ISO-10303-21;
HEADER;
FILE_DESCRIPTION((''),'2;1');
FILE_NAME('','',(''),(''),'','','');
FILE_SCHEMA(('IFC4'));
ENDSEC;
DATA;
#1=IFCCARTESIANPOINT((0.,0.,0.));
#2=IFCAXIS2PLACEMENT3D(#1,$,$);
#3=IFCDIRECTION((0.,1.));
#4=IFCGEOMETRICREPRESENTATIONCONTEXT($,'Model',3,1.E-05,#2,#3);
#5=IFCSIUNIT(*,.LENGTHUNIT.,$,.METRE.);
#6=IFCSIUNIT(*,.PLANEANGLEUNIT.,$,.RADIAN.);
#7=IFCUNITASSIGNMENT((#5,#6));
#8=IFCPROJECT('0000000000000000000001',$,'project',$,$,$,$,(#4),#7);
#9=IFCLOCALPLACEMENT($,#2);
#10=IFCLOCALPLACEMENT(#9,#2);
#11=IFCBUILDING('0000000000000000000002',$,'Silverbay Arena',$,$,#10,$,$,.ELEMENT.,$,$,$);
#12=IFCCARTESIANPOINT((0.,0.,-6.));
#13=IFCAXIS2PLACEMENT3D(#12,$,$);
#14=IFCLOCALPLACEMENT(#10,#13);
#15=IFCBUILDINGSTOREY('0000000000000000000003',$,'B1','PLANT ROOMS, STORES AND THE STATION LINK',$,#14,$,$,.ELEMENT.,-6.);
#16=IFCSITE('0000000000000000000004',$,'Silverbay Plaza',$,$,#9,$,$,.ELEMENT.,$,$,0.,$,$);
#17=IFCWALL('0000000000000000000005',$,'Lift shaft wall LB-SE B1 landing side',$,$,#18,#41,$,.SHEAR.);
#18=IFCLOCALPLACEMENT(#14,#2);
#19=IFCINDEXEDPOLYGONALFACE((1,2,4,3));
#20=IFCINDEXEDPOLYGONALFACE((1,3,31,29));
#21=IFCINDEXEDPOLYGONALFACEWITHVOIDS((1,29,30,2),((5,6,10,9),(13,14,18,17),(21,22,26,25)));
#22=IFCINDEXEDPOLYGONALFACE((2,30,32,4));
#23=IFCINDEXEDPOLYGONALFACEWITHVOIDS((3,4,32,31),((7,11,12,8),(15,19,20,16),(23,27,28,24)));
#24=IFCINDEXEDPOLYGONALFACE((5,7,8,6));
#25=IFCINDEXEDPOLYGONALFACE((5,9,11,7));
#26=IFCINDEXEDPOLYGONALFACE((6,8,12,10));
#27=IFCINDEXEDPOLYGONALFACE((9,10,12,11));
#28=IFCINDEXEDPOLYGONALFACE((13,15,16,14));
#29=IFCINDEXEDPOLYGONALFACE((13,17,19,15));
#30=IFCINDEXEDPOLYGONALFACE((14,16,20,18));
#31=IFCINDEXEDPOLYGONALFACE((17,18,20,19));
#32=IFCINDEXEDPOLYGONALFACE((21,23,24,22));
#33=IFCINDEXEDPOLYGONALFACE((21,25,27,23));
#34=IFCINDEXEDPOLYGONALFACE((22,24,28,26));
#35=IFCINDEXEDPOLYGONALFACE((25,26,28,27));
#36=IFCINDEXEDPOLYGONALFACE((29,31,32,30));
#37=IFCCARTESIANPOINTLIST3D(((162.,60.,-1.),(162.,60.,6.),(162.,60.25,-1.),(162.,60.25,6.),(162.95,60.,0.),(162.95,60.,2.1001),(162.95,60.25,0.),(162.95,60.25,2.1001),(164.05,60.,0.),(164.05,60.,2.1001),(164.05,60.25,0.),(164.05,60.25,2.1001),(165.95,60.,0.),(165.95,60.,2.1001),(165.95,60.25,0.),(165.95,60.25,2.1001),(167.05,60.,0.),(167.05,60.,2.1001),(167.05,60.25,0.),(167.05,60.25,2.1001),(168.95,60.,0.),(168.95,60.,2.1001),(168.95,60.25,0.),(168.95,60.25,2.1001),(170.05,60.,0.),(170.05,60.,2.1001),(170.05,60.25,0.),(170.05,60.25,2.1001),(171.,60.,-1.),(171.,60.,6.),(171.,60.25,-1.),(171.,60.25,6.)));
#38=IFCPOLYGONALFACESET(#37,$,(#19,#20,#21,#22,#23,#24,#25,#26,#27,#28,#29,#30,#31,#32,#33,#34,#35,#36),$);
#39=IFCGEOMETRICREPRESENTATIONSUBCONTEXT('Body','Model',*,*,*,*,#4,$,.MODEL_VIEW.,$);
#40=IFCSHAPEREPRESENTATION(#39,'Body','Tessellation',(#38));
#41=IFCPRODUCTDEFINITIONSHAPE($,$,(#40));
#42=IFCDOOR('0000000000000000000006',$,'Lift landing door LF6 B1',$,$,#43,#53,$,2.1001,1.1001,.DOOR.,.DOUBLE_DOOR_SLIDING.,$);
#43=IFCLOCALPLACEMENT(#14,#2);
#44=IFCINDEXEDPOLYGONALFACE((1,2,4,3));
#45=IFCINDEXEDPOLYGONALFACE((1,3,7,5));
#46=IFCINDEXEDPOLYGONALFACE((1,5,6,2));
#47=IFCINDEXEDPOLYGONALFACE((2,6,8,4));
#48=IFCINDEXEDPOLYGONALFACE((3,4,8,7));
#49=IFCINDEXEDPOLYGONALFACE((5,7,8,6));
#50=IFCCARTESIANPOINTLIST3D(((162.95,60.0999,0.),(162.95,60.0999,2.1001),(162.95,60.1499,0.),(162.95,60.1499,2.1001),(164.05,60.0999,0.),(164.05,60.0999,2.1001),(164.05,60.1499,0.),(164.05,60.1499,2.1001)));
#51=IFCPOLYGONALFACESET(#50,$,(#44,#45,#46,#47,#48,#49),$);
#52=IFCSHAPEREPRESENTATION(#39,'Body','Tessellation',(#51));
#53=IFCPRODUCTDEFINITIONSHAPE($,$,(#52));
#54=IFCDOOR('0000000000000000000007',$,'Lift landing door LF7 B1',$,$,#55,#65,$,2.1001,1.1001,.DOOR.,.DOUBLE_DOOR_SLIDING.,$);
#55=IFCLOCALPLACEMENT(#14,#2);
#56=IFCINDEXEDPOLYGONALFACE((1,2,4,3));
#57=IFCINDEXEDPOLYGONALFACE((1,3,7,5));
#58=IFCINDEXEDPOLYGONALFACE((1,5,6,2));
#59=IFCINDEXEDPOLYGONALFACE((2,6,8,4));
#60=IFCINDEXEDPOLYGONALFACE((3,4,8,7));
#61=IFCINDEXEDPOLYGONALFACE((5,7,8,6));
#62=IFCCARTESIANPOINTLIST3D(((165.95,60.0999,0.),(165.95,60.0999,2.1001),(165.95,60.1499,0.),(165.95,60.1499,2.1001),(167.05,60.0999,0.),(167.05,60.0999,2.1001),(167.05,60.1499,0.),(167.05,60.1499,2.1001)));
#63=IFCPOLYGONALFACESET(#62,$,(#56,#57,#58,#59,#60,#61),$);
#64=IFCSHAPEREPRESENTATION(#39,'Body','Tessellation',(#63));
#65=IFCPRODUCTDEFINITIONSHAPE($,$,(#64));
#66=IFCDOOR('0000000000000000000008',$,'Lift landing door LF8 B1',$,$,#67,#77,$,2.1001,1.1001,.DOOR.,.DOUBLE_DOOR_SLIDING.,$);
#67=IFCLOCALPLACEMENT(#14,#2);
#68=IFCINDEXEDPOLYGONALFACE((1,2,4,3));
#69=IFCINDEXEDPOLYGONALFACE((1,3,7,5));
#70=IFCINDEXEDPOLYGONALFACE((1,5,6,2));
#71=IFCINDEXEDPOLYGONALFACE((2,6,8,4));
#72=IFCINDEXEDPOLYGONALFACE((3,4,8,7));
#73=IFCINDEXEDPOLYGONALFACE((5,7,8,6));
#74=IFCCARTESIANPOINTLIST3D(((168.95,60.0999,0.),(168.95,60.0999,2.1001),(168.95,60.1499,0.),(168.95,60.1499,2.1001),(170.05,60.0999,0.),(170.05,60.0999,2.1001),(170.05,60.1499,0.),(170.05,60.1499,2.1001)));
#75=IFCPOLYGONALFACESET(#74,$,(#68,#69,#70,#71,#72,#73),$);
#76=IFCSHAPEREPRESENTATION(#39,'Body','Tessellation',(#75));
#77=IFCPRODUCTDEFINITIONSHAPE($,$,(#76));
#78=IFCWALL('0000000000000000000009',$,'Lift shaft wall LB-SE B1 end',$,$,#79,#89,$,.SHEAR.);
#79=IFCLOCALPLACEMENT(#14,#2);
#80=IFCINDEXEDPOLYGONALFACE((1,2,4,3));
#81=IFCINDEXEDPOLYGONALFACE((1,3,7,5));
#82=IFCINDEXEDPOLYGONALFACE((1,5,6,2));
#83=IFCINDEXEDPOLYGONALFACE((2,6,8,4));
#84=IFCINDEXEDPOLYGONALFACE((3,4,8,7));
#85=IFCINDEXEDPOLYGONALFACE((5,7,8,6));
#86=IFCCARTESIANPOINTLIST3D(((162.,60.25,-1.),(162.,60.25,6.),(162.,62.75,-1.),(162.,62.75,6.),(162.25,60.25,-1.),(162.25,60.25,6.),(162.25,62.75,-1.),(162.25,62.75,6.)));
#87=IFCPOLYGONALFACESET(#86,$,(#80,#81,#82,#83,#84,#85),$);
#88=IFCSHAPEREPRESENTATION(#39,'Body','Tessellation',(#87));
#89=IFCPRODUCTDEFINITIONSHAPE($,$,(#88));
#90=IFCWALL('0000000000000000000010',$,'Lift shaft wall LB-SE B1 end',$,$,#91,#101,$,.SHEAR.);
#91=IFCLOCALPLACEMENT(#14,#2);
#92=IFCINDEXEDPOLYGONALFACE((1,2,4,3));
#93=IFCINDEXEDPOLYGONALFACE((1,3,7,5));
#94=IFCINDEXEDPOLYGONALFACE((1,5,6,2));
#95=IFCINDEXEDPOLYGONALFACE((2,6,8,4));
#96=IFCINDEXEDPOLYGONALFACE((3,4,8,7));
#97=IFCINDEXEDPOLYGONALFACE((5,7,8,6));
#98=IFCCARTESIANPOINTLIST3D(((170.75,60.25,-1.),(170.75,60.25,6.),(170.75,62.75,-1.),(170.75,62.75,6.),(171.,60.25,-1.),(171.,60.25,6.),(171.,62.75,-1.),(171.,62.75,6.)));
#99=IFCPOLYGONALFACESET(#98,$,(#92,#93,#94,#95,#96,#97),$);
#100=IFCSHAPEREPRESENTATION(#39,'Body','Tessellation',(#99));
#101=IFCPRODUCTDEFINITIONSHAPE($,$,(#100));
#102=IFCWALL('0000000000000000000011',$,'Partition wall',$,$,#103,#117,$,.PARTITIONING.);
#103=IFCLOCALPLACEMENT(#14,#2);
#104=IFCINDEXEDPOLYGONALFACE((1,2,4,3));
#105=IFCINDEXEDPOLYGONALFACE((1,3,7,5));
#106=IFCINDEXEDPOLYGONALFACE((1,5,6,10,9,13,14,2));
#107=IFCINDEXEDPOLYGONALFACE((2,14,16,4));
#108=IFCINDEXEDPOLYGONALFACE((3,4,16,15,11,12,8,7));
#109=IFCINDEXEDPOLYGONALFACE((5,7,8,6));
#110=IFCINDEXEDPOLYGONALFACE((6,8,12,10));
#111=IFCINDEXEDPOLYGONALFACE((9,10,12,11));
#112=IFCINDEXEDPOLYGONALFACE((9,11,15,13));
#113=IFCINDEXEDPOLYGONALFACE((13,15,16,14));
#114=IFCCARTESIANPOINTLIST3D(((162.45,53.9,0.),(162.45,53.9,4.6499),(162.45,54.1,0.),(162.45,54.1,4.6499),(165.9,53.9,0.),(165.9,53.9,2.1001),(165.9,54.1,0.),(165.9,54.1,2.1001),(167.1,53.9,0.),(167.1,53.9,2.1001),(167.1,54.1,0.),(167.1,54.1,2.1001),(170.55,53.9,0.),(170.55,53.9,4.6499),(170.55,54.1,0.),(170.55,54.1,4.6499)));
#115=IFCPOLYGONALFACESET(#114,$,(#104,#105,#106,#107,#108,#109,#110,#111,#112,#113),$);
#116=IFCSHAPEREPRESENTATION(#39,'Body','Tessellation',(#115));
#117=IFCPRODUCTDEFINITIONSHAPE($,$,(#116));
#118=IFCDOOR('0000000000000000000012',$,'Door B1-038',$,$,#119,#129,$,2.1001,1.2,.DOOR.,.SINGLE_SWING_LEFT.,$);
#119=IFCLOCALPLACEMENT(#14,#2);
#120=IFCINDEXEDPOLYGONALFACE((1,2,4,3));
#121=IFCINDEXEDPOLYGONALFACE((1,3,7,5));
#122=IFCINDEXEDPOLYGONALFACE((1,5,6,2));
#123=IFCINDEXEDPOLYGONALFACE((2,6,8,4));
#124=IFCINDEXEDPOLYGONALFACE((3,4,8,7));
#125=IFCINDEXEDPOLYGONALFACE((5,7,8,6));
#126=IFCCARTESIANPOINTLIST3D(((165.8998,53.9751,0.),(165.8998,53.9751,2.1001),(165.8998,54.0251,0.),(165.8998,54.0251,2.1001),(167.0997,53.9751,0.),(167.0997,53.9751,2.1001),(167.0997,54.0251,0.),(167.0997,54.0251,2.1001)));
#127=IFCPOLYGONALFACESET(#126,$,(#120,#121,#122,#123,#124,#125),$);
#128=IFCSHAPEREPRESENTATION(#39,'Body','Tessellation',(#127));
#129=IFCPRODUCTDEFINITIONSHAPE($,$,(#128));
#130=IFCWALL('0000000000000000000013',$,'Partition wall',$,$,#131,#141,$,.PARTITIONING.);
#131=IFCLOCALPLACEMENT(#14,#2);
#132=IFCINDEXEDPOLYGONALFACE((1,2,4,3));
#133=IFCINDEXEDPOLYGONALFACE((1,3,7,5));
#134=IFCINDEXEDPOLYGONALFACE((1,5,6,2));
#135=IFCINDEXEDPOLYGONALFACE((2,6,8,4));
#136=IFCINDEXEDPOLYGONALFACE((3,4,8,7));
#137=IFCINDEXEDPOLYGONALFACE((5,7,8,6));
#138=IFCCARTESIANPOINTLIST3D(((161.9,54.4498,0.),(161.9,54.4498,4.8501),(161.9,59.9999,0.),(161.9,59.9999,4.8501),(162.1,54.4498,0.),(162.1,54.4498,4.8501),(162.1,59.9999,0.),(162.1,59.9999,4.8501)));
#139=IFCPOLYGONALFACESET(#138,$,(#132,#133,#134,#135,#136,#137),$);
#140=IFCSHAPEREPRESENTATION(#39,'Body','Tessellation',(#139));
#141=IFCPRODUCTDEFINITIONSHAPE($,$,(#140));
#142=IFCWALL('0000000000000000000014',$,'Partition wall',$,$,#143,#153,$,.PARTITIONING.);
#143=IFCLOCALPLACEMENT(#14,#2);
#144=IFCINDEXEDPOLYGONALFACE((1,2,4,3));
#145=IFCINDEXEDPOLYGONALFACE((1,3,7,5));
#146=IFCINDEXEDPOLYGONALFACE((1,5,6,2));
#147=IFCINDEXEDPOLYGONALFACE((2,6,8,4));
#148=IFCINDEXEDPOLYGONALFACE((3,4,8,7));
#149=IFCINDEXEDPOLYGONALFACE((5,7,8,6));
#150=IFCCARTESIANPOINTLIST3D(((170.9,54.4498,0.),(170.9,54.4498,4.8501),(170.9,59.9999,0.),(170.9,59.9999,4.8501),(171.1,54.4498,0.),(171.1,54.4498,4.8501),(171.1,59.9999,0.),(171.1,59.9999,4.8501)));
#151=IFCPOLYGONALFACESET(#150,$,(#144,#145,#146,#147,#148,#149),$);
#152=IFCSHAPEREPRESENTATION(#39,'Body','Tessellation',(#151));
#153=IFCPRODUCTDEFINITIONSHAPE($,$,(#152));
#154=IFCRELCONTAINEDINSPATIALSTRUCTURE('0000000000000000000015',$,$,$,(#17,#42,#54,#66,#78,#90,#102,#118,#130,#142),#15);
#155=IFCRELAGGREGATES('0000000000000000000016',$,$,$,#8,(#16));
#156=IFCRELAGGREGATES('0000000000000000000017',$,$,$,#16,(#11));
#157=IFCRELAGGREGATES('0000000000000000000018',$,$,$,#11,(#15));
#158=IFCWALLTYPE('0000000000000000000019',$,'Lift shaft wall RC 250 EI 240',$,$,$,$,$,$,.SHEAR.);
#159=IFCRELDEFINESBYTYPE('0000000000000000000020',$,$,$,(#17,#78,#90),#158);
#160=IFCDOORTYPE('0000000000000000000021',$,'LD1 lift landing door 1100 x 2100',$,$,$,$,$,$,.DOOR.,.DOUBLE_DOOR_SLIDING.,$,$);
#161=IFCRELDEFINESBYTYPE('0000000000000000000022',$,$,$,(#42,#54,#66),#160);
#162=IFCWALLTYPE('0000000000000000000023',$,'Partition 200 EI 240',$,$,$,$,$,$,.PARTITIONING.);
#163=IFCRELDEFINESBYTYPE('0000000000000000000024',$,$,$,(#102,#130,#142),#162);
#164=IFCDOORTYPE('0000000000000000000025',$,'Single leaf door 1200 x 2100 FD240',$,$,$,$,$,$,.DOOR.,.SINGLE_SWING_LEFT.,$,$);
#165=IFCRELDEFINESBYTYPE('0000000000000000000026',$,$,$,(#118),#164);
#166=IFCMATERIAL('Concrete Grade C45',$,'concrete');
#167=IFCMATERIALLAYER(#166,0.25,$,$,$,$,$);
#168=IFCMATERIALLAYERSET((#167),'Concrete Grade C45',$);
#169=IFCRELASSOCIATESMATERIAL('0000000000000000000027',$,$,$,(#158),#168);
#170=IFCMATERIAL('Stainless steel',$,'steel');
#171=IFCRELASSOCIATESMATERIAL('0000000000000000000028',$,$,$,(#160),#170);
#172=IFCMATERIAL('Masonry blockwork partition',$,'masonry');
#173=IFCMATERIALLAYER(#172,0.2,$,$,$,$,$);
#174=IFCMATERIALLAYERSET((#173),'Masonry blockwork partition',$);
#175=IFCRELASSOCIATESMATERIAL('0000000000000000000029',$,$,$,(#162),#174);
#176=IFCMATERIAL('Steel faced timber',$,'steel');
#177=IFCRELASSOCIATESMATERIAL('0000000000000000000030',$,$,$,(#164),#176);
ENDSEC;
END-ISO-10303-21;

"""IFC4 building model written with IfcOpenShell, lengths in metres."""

from ifc_helpers import new_model, si_unit, direction, frame, frame_2d, origin, place, context, subcontext, project, spatial, rectangle, extrude, material, layer, layer_set, type_object, element, fill, save


model = new_model("IFC4")

# Units and contexts
model_context = context("Model", 3, precision=1e-05, world=origin(), true_north=direction((0.0, 1.0)))
body_context = subcontext(model_context, "Body", "Model", "MODEL_VIEW")
ifc_project = project(units=[si_unit("LENGTHUNIT", "METRE"), si_unit("PLANEANGLEUNIT", "RADIAN")], contexts=[model_context])

# Site, building, storey
site_placement = place(None, origin())
site = spatial("IfcSite", under=ifc_project, at=site_placement, Name="Silverbay Plaza", CompositionType="ELEMENT", RefElevation=0.0)
building_placement = place(site_placement, origin())
building = spatial("IfcBuilding", under=site, at=building_placement, Name="Silverbay Arena", CompositionType="ELEMENT")
storey_placement = place(building_placement, frame((0.0, 0.0, -6.0)))
storey = spatial("IfcBuildingStorey", under=building, at=storey_placement, Name="B1", Description="PLANT ROOMS, STORES AND THE STATION LINK", CompositionType="ELEMENT", Elevation=-6.0)

# Wall, openings, doors
ifc_material_1 = material(Name="Concrete Grade C45", Category="concrete")
ifc_layer_1 = layer(ifc_material_1, 0.25)
ifc_layer_set_1 = layer_set([ifc_layer_1], Name="Concrete Grade C45")
wall_type_1 = type_object("IfcWallType", Name="Lift shaft wall RC 250 EI 240", PredefinedType="SHEAR", material=ifc_layer_set_1)
wall_1_placement = place(storey_placement, frame((162.0, 60.125, -1.0), z_axis=(0.0, 0.0, 1.0), x_axis=(1.0, 0.0, 0.0)))
wall_1 = element("IfcWall", 1, at=wall_1_placement, inside=storey, type_object=wall_type_1, Name="Lift shaft wall LB-SE B1 landing side", PredefinedType="SHEAR", context=body_context, shape_type="SweptSolid", body=[
    extrude(rectangle(XDim=9.0, YDim=0.25, at=frame_2d((4.5, 0.0))), origin(), (0.0, 0.0, 1.0), 7.0),
])
opening_1_placement = place(wall_1_placement, frame((0.95, 0.0, 1.0)))
opening_1 = element("IfcOpeningElement", 2, at=opening_1_placement, cuts=wall_1, PredefinedType="OPENING", context=body_context, shape_type="SweptSolid", body=[
    extrude(rectangle(XDim=1.1001, YDim=2.1001, at=frame_2d((0.55, 1.05))), frame((0.0, 0.135, 0.0), z_axis=(0.0, -1.0, 0.0), x_axis=(1.0, 0.0, 0.0)), (0.0, 0.0, 1.0), 0.27),
])
opening_2_placement = place(wall_1_placement, frame((3.95, 0.0, 1.0)))
opening_2 = element("IfcOpeningElement", 3, at=opening_2_placement, cuts=wall_1, PredefinedType="OPENING", context=body_context, shape_type="SweptSolid", body=[
    extrude(rectangle(XDim=1.1001, YDim=2.1001, at=frame_2d((0.55, 1.05))), frame((0.0, 0.135, 0.0), z_axis=(0.0, -1.0, 0.0), x_axis=(1.0, 0.0, 0.0)), (0.0, 0.0, 1.0), 0.27),
])
opening_3_placement = place(wall_1_placement, frame((6.95, 0.0, 1.0)))
opening_3 = element("IfcOpeningElement", 4, at=opening_3_placement, cuts=wall_1, PredefinedType="OPENING", context=body_context, shape_type="SweptSolid", body=[
    extrude(rectangle(XDim=1.1001, YDim=2.1001, at=frame_2d((0.55, 1.05))), frame((0.0, 0.135, 0.0), z_axis=(0.0, -1.0, 0.0), x_axis=(1.0, 0.0, 0.0)), (0.0, 0.0, 1.0), 0.27),
])
ifc_material_2 = material(Name="Stainless steel", Category="steel")
door_type_1 = type_object("IfcDoorType", Name="LD1 lift landing door 1100 x 2100", OperationType="DOUBLE_DOOR_SLIDING", PredefinedType="DOOR", material=ifc_material_2)
door_1_placement = place(opening_1_placement, origin())
door_1 = element("IfcDoor", 5, at=door_1_placement, inside=storey, type_object=door_type_1, Name="Lift landing door LF6 B1", OperationType="DOUBLE_DOOR_SLIDING", OverallHeight=2.1001, OverallWidth=1.1001, PredefinedType="DOOR", context=body_context, shape_type="SweptSolid", body=[
    extrude(rectangle(XDim=1.1001, YDim=2.1001, at=frame_2d((0.55, 1.05))), frame((0.0, 0.0249, 0.0), z_axis=(0.0, -1.0, 0.0), x_axis=(1.0, 0.0, 0.0)), (0.0, 0.0, 1.0), 0.05),
])
fill(opening_1, door_1)
door_2_placement = place(opening_2_placement, origin())
door_2 = element("IfcDoor", 6, at=door_2_placement, inside=storey, type_object=door_type_1, Name="Lift landing door LF7 B1", OperationType="DOUBLE_DOOR_SLIDING", OverallHeight=2.1001, OverallWidth=1.1001, PredefinedType="DOOR", context=body_context, shape_type="SweptSolid", body=[
    extrude(rectangle(XDim=1.1001, YDim=2.1001, at=frame_2d((0.55, 1.05))), frame((0.0, 0.0249, 0.0), z_axis=(0.0, -1.0, 0.0), x_axis=(1.0, 0.0, 0.0)), (0.0, 0.0, 1.0), 0.05),
])
fill(opening_2, door_2)
door_3_placement = place(opening_3_placement, origin())
door_3 = element("IfcDoor", 7, at=door_3_placement, inside=storey, type_object=door_type_1, Name="Lift landing door LF8 B1", OperationType="DOUBLE_DOOR_SLIDING", OverallHeight=2.1001, OverallWidth=1.1001, PredefinedType="DOOR", context=body_context, shape_type="SweptSolid", body=[
    extrude(rectangle(XDim=1.1001, YDim=2.1001, at=frame_2d((0.55, 1.05))), frame((0.0, 0.0249, 0.0), z_axis=(0.0, -1.0, 0.0), x_axis=(1.0, 0.0, 0.0)), (0.0, 0.0, 1.0), 0.05),
])
fill(opening_3, door_3)

# Walls
for number, where, z_axis, x_axis, name in (
    (8, (162.125, 60.25, -1.0), (0.0, 0.0, 1.0), (0.0, 1.0, 0.0), "Lift shaft wall LB-SE B1 end"),
    (9, (170.875, 60.25, -1.0), (0.0, 0.0, 1.0), (0.0, 1.0, 0.0), "Lift shaft wall LB-SE B1 end"),
):
    element("IfcWall", number, at=place(storey_placement, frame(where, z_axis=z_axis, x_axis=x_axis)), inside=storey, type_object=wall_type_1, Name=name, PredefinedType="SHEAR", context=body_context, shape_type="SweptSolid", body=[
        extrude(rectangle(XDim=2.5, YDim=0.25, at=frame_2d((1.25, 0.0))), origin(), (0.0, 0.0, 1.0), 7.0),
    ])

# Wall, opening, door
ifc_material_3 = material(Name="Masonry blockwork partition", Category="masonry")
ifc_layer_2 = layer(ifc_material_3, 0.2)
ifc_layer_set_2 = layer_set([ifc_layer_2], Name="Masonry blockwork partition")
wall_type_2 = type_object("IfcWallType", Name="Partition 200 EI 240", PredefinedType="PARTITIONING", material=ifc_layer_set_2)
wall_2_placement = place(storey_placement, frame((162.45, 54.0, 0.0), z_axis=(0.0, 0.0, 1.0), x_axis=(1.0, 0.0, 0.0)))
wall_2 = element("IfcWall", 10, at=wall_2_placement, inside=storey, type_object=wall_type_2, Name="Partition wall", PredefinedType="PARTITIONING", context=body_context, shape_type="SweptSolid", body=[
    extrude(rectangle(XDim=8.1001, YDim=0.2, at=frame_2d((4.05, 0.0))), origin(), (0.0, 0.0, 1.0), 4.6499),
])
opening_4_placement = place(wall_2_placement, frame((3.45, 0.0, 0.0)))
opening_4 = element("IfcOpeningElement", 11, at=opening_4_placement, cuts=wall_2, PredefinedType="OPENING", context=body_context, shape_type="SweptSolid", body=[
    extrude(rectangle(XDim=1.2, YDim=2.1001, at=frame_2d((0.6001, 1.05))), frame((0.0, 0.1099, 0.0), z_axis=(0.0, -1.0, 0.0), x_axis=(1.0, 0.0, 0.0)), (0.0, 0.0, 1.0), 0.22),
])
ifc_material_4 = material(Name="Steel faced timber", Category="steel")
door_type_2 = type_object("IfcDoorType", Name="Single leaf door 1200 x 2100 FD240", OperationType="SINGLE_SWING_LEFT", PredefinedType="DOOR", material=ifc_material_4)
door_4_placement = place(opening_4_placement, frame((1.2, 0.0, 0.0), z_axis=(0.0, 0.0, 1.0), x_axis=(-1.0, 0.0, 0.0)))
door_4 = element("IfcDoor", 12, at=door_4_placement, inside=storey, type_object=door_type_2, Name="Door B1-038", OperationType="SINGLE_SWING_LEFT", OverallHeight=2.1001, OverallWidth=1.2, PredefinedType="DOOR", context=body_context, shape_type="SweptSolid", body=[
    extrude(rectangle(XDim=1.2, YDim=2.1001, at=frame_2d((0.6001, 1.05))), frame((0.0, 0.0249, 0.0), z_axis=(0.0, -1.0, 0.0), x_axis=(1.0, 0.0, 0.0)), (0.0, 0.0, 1.0), 0.05),
])
fill(opening_4, door_4)

# Walls
for number, where, z_axis, x_axis, name in (
    (13, (162.0, 54.45, 0.0), (0.0, 0.0, 1.0), (0.0, 1.0, 0.0), "Partition wall"),
    (14, (171.0, 54.45, 0.0), (0.0, 0.0, 1.0), (0.0, 1.0, 0.0), "Partition wall"),
):
    element("IfcWall", number, at=place(storey_placement, frame(where, z_axis=z_axis, x_axis=x_axis)), inside=storey, type_object=wall_type_2, Name=name, PredefinedType="PARTITIONING", context=body_context, shape_type="SweptSolid", body=[
        extrude(rectangle(XDim=5.55, YDim=0.2, at=frame_2d((2.7749, 0.0))), origin(), (0.0, 0.0, 1.0), 4.8501),
    ])

save(model, "model.ifc")
